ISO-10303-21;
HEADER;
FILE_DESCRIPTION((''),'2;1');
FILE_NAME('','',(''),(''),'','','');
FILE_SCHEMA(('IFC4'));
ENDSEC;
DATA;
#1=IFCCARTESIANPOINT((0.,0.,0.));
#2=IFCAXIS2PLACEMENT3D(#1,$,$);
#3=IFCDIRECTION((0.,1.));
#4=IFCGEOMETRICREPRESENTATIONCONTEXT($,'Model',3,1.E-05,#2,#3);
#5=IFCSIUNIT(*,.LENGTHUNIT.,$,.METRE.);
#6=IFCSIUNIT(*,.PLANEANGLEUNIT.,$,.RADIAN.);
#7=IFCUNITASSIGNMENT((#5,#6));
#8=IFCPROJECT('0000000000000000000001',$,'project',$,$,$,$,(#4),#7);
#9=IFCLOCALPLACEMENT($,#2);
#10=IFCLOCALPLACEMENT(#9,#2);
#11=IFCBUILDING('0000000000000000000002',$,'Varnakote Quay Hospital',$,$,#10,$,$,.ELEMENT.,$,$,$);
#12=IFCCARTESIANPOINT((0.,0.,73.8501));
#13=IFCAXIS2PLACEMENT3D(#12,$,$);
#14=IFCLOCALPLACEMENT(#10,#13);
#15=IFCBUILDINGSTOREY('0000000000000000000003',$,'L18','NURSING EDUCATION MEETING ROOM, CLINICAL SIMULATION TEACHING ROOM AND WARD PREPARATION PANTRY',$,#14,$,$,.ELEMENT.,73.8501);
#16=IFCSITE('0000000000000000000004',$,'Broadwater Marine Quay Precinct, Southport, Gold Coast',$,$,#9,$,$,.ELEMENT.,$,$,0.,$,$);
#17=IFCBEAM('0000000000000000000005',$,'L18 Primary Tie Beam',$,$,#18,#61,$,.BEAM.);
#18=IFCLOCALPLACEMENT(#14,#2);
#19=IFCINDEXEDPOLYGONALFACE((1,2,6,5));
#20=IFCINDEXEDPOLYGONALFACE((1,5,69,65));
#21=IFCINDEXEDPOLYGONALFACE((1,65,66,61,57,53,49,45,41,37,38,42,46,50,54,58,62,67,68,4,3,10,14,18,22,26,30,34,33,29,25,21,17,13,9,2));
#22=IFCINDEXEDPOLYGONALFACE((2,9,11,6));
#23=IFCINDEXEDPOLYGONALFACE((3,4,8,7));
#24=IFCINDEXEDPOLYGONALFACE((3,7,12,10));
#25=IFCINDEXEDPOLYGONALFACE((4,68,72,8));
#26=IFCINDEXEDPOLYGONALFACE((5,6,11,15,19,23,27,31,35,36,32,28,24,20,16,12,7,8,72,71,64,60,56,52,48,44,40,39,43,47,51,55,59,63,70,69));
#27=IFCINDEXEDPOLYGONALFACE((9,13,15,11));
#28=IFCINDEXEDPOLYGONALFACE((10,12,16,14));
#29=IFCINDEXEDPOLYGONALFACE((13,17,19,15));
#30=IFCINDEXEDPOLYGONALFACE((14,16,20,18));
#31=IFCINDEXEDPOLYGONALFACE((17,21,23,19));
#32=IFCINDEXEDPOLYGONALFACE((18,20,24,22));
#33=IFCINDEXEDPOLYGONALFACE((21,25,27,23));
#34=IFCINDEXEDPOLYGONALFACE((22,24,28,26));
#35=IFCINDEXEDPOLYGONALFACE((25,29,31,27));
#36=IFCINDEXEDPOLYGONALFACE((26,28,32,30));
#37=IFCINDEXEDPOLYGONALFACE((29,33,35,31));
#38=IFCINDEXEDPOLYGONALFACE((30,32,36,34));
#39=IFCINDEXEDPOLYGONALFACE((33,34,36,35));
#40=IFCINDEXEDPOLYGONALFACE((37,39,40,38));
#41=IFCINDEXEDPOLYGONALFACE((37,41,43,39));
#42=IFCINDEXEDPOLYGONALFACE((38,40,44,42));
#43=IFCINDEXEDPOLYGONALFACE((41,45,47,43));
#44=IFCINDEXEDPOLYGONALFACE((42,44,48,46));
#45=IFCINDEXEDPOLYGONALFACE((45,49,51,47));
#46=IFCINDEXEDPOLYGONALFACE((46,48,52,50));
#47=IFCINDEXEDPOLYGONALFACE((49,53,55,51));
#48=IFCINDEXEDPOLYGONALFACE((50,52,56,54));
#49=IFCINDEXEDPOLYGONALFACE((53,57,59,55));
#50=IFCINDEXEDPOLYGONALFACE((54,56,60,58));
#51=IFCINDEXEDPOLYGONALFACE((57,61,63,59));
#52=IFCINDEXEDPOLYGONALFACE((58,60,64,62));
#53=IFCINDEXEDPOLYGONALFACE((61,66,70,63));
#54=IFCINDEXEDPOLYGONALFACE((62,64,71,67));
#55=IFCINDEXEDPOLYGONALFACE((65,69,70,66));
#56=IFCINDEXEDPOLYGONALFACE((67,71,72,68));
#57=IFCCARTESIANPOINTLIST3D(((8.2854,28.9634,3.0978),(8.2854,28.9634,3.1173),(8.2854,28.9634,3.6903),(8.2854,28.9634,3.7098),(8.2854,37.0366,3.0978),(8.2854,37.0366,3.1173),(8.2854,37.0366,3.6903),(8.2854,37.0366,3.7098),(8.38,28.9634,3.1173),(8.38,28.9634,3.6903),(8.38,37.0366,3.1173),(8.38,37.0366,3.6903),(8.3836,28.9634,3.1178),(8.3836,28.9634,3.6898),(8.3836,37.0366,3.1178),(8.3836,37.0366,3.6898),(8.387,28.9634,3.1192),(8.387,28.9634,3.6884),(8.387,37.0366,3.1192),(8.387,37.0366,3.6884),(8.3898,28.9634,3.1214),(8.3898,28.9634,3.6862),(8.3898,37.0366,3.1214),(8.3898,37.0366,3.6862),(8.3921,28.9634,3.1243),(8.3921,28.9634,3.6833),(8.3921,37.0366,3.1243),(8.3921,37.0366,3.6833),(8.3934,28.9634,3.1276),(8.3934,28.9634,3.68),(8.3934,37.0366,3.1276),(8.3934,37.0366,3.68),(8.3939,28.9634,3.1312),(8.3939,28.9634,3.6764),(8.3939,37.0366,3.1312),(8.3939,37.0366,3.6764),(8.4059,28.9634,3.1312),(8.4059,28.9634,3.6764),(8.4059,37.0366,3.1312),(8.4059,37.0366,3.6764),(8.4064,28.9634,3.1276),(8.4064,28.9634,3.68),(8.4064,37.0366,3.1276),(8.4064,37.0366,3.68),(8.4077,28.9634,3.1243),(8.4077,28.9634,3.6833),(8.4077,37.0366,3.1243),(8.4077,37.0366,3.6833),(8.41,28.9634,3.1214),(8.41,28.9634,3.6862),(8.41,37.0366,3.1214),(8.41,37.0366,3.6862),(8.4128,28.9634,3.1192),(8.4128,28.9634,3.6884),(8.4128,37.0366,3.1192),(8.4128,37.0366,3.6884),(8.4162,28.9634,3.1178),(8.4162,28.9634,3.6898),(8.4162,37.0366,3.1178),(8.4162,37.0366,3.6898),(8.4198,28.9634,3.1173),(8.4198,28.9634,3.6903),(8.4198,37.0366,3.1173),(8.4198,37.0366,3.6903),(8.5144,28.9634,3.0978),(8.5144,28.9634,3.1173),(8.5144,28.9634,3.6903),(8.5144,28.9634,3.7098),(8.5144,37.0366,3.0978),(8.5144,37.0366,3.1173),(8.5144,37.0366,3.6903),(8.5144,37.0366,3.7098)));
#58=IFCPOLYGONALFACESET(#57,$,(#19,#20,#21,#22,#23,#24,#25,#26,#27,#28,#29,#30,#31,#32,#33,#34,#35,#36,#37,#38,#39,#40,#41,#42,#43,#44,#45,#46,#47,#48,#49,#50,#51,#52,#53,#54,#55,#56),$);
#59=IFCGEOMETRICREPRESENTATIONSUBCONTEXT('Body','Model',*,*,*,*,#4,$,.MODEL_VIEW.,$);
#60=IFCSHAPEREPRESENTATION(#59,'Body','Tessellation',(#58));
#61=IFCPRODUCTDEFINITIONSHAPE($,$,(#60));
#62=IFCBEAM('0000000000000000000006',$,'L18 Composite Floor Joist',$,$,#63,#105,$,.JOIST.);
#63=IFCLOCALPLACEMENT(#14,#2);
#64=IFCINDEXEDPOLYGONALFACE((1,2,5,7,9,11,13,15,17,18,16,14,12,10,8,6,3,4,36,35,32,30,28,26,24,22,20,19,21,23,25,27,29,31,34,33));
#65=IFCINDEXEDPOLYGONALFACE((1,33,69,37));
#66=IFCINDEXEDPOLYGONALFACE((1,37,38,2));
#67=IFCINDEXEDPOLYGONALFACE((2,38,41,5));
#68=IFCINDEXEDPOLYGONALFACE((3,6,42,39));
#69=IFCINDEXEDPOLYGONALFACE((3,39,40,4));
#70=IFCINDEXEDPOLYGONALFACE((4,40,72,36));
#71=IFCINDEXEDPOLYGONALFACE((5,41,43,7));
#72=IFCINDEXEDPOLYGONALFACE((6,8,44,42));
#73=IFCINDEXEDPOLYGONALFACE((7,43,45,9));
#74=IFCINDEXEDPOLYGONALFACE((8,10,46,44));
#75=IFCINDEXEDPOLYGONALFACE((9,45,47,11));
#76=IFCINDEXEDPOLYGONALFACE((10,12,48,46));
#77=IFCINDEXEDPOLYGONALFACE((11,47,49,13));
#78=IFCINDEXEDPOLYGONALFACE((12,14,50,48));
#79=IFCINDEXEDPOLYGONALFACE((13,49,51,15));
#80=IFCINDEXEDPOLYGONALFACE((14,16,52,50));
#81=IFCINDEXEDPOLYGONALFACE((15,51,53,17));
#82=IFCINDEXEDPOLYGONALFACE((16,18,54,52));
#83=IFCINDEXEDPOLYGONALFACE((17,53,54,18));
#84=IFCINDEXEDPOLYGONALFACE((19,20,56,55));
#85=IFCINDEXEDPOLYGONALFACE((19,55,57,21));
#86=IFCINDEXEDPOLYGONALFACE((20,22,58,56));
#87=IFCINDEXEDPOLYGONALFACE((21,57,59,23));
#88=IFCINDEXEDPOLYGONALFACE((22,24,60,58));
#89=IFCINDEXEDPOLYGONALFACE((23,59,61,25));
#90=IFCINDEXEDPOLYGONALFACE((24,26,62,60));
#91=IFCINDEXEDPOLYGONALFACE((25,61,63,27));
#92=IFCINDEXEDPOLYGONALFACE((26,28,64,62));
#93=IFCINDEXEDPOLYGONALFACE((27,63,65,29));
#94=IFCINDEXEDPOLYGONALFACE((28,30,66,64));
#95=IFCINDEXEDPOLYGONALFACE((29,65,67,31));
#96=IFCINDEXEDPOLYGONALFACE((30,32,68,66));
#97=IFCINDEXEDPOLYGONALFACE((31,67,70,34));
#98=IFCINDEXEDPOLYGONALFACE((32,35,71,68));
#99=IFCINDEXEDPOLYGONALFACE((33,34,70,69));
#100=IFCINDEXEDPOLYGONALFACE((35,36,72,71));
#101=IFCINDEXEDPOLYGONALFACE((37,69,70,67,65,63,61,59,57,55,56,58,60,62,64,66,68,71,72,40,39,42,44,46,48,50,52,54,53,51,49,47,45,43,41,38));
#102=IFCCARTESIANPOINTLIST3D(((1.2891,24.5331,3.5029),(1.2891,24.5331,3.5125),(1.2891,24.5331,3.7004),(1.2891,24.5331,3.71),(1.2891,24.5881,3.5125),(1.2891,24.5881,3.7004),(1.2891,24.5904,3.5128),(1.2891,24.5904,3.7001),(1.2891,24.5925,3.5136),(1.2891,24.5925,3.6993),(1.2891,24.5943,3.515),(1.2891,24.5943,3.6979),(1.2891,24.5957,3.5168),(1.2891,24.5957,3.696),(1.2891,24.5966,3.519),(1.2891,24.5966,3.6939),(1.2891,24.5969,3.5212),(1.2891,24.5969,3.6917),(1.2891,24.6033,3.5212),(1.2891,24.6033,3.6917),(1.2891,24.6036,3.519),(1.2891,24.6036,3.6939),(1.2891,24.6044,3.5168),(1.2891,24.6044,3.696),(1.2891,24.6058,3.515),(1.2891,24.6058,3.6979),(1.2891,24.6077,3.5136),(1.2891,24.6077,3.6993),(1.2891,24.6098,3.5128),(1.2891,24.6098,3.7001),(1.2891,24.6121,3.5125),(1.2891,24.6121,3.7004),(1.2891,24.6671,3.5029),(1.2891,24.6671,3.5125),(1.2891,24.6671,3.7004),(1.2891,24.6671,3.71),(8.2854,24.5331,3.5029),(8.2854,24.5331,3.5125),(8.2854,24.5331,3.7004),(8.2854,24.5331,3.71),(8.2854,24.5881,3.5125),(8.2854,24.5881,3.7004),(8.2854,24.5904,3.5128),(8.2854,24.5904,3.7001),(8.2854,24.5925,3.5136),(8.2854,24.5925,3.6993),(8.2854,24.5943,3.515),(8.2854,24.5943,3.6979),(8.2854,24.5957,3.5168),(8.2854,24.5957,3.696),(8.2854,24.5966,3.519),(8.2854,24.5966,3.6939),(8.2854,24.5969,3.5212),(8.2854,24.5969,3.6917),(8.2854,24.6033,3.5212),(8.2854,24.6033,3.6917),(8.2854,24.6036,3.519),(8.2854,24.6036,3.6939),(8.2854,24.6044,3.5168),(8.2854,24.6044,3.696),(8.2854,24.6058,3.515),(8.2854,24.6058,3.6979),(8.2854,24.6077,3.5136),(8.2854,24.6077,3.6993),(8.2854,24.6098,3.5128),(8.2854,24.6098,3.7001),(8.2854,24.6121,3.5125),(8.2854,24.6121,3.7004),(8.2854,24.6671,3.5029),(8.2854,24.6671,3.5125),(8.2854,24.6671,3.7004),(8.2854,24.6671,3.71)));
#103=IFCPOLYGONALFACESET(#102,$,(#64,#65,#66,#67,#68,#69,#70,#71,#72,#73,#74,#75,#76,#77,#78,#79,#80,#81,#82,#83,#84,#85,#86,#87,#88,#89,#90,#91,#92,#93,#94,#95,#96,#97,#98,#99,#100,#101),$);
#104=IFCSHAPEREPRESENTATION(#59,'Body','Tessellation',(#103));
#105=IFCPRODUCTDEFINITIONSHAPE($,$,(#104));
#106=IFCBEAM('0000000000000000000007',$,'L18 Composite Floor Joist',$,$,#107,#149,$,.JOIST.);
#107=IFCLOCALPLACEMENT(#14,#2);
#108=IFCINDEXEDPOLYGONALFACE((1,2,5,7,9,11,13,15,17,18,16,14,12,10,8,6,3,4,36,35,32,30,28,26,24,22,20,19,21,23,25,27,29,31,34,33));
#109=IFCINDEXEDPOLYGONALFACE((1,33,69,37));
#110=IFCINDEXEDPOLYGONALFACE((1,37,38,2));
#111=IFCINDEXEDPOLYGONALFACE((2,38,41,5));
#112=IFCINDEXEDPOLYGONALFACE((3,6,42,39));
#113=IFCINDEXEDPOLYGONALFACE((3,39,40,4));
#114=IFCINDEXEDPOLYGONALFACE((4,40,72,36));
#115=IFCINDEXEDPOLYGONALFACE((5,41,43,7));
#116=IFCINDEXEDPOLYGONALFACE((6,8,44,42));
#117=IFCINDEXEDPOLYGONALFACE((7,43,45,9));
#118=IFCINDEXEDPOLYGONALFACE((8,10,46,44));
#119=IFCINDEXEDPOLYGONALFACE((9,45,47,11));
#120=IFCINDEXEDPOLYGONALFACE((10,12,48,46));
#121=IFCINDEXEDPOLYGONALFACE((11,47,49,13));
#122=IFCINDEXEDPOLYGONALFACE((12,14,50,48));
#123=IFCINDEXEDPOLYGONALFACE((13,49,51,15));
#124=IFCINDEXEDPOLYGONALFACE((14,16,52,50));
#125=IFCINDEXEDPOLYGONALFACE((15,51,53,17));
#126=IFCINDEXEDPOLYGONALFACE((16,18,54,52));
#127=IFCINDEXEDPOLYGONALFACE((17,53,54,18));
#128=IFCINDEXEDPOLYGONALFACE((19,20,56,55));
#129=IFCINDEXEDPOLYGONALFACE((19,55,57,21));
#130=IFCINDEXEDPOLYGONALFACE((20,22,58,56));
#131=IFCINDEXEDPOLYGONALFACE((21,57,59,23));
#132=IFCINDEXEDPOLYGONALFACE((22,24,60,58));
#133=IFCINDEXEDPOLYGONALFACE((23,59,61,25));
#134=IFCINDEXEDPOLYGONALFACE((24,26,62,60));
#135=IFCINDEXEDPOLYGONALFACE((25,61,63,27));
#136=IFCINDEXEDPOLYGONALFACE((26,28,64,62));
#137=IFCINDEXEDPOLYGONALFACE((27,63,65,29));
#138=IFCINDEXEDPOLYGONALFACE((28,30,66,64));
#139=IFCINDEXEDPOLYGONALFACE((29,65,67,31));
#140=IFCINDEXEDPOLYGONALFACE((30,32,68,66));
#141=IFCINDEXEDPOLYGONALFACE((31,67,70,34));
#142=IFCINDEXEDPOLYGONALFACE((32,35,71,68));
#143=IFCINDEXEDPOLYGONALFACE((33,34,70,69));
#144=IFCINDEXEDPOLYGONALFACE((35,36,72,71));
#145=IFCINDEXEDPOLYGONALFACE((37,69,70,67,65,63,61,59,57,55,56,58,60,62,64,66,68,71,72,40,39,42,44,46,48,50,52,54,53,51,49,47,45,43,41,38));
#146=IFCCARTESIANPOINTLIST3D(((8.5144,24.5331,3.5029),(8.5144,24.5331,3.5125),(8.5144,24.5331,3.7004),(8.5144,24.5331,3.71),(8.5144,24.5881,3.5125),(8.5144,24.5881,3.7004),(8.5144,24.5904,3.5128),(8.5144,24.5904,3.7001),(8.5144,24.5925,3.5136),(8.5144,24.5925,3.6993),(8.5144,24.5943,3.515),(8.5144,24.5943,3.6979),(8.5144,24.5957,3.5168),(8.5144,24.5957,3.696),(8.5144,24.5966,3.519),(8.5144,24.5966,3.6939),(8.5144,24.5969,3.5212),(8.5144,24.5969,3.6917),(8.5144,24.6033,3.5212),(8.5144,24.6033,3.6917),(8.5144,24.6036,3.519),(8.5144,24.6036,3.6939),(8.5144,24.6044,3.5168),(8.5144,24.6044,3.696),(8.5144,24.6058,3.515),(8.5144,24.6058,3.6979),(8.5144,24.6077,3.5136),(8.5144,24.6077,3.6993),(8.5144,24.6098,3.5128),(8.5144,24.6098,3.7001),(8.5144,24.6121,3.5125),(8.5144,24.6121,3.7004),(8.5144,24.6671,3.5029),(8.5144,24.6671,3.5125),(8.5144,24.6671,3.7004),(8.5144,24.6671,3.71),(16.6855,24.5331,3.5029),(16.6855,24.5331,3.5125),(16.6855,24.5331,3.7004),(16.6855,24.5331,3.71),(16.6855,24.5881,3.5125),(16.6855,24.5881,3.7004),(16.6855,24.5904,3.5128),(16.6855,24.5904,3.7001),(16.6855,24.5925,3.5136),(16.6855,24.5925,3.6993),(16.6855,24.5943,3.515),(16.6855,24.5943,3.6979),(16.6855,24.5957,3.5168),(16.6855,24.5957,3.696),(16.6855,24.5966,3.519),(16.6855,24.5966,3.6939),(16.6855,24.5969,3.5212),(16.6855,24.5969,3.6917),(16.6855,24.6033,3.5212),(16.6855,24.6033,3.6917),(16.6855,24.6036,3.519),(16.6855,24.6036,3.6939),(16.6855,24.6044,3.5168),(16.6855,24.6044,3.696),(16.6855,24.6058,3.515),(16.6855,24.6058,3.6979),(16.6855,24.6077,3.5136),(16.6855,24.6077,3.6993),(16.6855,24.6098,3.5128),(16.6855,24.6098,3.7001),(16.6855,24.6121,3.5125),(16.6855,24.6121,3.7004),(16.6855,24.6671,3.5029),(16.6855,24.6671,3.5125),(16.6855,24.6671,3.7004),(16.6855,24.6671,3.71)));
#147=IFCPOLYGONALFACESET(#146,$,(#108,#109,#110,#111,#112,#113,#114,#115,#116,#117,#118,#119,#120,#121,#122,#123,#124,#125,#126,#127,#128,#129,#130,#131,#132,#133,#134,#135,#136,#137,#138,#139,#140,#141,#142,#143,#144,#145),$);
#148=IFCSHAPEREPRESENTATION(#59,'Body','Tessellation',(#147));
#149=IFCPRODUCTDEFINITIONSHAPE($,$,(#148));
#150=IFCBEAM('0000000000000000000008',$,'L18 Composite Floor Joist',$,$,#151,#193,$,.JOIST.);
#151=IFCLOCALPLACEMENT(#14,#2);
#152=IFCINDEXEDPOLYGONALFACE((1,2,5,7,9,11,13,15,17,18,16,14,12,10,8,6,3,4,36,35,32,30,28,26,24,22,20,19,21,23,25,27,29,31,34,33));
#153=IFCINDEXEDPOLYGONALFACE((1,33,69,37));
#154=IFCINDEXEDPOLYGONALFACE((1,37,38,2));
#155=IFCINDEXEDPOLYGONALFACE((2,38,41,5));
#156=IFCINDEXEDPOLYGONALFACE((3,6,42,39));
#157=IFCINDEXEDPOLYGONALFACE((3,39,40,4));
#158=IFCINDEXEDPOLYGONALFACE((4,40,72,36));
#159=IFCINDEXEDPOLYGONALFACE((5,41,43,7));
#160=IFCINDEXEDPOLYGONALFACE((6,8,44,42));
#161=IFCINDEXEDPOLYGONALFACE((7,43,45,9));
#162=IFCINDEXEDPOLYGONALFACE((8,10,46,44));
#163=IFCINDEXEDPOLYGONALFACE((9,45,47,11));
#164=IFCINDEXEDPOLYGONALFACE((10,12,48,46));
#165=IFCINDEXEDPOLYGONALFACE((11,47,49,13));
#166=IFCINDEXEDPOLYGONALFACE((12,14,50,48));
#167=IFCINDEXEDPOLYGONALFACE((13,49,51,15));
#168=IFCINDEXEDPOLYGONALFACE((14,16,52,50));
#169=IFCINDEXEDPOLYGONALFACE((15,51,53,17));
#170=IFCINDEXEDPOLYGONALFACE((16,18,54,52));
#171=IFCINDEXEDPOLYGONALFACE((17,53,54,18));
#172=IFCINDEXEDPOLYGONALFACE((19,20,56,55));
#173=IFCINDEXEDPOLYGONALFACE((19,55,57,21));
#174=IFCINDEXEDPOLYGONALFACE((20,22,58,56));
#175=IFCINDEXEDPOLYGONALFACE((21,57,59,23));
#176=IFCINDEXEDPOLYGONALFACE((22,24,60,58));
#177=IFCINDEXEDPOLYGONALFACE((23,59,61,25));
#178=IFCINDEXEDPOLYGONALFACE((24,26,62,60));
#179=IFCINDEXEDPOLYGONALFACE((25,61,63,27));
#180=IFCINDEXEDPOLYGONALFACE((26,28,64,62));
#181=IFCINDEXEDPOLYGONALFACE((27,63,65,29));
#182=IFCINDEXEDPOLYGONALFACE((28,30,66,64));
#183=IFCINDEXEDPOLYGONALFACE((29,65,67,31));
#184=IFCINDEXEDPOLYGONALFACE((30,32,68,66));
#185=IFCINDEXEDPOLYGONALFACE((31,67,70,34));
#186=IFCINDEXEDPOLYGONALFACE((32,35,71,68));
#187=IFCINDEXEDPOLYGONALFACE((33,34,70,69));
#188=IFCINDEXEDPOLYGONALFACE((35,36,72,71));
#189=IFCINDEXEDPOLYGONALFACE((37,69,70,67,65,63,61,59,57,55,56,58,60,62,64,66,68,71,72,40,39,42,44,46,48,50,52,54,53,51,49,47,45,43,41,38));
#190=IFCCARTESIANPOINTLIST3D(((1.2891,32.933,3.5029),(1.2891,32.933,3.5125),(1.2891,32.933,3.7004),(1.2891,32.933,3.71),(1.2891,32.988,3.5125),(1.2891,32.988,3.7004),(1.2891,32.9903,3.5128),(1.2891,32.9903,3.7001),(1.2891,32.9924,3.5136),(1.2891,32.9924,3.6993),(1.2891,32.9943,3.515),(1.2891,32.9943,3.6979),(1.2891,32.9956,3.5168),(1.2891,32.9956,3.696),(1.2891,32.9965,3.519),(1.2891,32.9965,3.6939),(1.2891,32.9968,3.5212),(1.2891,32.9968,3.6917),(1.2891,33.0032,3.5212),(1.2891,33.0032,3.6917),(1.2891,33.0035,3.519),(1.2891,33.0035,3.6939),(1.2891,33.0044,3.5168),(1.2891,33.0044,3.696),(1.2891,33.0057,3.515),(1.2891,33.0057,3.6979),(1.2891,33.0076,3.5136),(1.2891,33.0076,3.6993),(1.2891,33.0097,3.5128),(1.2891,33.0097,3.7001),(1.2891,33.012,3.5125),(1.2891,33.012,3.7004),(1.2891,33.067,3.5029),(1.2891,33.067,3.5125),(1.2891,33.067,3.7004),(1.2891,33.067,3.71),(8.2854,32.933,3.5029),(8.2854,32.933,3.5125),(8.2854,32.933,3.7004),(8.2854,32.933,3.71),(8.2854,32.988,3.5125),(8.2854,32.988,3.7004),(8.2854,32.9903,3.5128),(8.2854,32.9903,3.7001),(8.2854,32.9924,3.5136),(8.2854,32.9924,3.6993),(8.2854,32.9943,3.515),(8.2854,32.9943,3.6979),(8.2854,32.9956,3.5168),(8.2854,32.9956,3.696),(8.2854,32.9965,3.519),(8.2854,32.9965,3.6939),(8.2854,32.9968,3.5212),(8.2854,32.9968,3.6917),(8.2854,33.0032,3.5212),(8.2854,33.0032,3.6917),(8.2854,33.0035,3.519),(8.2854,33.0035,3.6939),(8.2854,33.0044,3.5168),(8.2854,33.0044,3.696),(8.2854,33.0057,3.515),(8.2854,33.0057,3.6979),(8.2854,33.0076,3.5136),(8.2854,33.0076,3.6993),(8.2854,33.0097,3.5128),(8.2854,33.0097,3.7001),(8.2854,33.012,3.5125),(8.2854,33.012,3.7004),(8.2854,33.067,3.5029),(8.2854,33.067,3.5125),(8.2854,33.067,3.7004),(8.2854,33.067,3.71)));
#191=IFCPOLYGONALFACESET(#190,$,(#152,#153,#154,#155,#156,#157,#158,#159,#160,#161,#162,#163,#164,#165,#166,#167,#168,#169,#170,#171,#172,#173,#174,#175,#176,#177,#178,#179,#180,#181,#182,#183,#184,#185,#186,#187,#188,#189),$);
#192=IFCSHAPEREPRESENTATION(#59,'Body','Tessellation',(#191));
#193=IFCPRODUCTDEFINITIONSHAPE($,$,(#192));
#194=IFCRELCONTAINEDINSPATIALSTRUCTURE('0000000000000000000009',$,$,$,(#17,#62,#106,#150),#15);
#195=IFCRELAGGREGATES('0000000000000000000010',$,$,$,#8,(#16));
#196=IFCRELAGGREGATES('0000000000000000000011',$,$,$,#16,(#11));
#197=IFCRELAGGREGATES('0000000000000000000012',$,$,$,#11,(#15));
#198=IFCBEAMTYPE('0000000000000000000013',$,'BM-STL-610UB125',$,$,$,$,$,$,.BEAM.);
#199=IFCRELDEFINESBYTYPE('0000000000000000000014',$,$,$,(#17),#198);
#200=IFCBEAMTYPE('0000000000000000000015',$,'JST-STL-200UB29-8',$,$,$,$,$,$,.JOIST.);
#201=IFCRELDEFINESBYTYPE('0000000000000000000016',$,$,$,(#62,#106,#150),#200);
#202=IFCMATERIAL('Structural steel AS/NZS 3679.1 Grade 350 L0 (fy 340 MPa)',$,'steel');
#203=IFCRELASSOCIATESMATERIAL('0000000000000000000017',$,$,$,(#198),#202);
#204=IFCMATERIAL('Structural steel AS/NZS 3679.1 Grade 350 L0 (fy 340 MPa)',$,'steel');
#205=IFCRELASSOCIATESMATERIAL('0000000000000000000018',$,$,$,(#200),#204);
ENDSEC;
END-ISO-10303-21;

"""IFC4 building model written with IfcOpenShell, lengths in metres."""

from ifc_helpers import new_model, si_unit, direction, frame, origin, origin_2d, place, context, subcontext, project, spatial, i_section, extrude, material, material_profile, profile_set, type_object, element, save


model = new_model("IFC4")

# Units and contexts
model_context = context("Model", 3, precision=1e-05, world=origin(), true_north=direction((0.0, 1.0)))
body_context = subcontext(model_context, "Body", "Model", "MODEL_VIEW")
ifc_project = project(units=[si_unit("LENGTHUNIT", "METRE"), si_unit("PLANEANGLEUNIT", "RADIAN")], contexts=[model_context])

# Site, building, storey
site_placement = place(None, origin())
site = spatial("IfcSite", under=ifc_project, at=site_placement, Name="Broadwater Marine Quay Precinct, Southport, Gold Coast", CompositionType="ELEMENT", RefElevation=0.0)
building_placement = place(site_placement, origin())
building = spatial("IfcBuilding", under=site, at=building_placement, Name="Varnakote Quay Hospital", CompositionType="ELEMENT")
storey_placement = place(building_placement, frame((0.0, 0.0, 73.8501)))
storey = spatial("IfcBuildingStorey", under=building, at=storey_placement, Name="L18", Description="NURSING EDUCATION MEETING ROOM, CLINICAL SIMULATION TEACHING ROOM AND WARD PREPARATION PANTRY", CompositionType="ELEMENT", Elevation=73.8501)

# Beams
ifc_material_1 = material(Name="Structural steel AS/NZS 3679.1 Grade 350 L0 (fy 340 MPa)", Category="steel")
ifc_material_profile_1 = material_profile(ifc_material_1, i_section(OverallWidth=0.229, OverallDepth=0.6121, WebThickness=0.012, FlangeThickness=0.0195, FilletRadius=0.0139, at=origin_2d()), Name="610UB125")
ifc_profile_set_1 = profile_set([ifc_material_profile_1], Name="Structural steel AS/NZS 3679.1 Grade 350 L0 (fy 340 MPa)")
beam_type_1 = type_object("IfcBeamType", Name="BM-STL-610UB125", PredefinedType="BEAM", material=ifc_profile_set_1)
beam_1_placement = place(storey_placement, frame((8.3999, 28.9634, 3.4038), z_axis=(0.0, 1.0, 0.0), x_axis=(-1.0, 0.0, 0.0)))
element("IfcBeam", 1, at=beam_1_placement, inside=storey, type_object=beam_type_1, Name="L18 Primary Tie Beam", PredefinedType="BEAM", context=body_context, shape_type="SweptSolid", body=[
    extrude(i_section(OverallWidth=0.229, OverallDepth=0.6121, WebThickness=0.012, FlangeThickness=0.0195, FilletRadius=0.0139, at=origin_2d()), origin(), (0.0, 0.0, 1.0), 8.0732),
])
ifc_material_2 = material(Name="Structural steel AS/NZS 3679.1 Grade 350 L0 (fy 340 MPa)", Category="steel")
ifc_material_profile_2 = material_profile(ifc_material_2, i_section(OverallWidth=0.134, OverallDepth=0.207, WebThickness=0.0063, FlangeThickness=0.0095, FilletRadius=0.0088, at=origin_2d()), Name="200UB29.8")
ifc_profile_set_2 = profile_set([ifc_material_profile_2], Name="Structural steel AS/NZS 3679.1 Grade 350 L0 (fy 340 MPa)")
beam_type_2 = type_object("IfcBeamType", Name="JST-STL-200UB29-8", PredefinedType="JOIST", material=ifc_profile_set_2)
beam_2_placement = place(storey_placement, frame((1.2891, 24.6001, 3.6064), z_axis=(1.0, 0.0, 0.0), x_axis=(0.0, 1.0, 0.0)))
element("IfcBeam", 2, at=beam_2_placement, inside=storey, type_object=beam_type_2, Name="L18 Composite Floor Joist", PredefinedType="JOIST", context=body_context, shape_type="SweptSolid", body=[
    extrude(i_section(OverallWidth=0.134, OverallDepth=0.207, WebThickness=0.0063, FlangeThickness=0.0095, FilletRadius=0.0088, at=origin_2d()), origin(), (0.0, 0.0, 1.0), 6.9963),
])
beam_3_placement = place(storey_placement, frame((8.5144, 24.6001, 3.6064), z_axis=(1.0, 0.0, 0.0), x_axis=(0.0, 1.0, 0.0)))
element("IfcBeam", 3, at=beam_3_placement, inside=storey, type_object=beam_type_2, Name="L18 Composite Floor Joist", PredefinedType="JOIST", context=body_context, shape_type="SweptSolid", body=[
    extrude(i_section(OverallWidth=0.134, OverallDepth=0.207, WebThickness=0.0063, FlangeThickness=0.0095, FilletRadius=0.0088, at=origin_2d()), origin(), (0.0, 0.0, 1.0), 8.1711),
])
beam_4_placement = place(storey_placement, frame((1.2891, 33.0, 3.6064), z_axis=(1.0, 0.0, 0.0), x_axis=(0.0, 1.0, 0.0)))
element("IfcBeam", 4, at=beam_4_placement, inside=storey, type_object=beam_type_2, Name="L18 Composite Floor Joist", PredefinedType="JOIST", context=body_context, shape_type="SweptSolid", body=[
    extrude(i_section(OverallWidth=0.134, OverallDepth=0.207, WebThickness=0.0063, FlangeThickness=0.0095, FilletRadius=0.0088, at=origin_2d()), origin(), (0.0, 0.0, 1.0), 6.9963),
])

save(model, "model.ifc")
